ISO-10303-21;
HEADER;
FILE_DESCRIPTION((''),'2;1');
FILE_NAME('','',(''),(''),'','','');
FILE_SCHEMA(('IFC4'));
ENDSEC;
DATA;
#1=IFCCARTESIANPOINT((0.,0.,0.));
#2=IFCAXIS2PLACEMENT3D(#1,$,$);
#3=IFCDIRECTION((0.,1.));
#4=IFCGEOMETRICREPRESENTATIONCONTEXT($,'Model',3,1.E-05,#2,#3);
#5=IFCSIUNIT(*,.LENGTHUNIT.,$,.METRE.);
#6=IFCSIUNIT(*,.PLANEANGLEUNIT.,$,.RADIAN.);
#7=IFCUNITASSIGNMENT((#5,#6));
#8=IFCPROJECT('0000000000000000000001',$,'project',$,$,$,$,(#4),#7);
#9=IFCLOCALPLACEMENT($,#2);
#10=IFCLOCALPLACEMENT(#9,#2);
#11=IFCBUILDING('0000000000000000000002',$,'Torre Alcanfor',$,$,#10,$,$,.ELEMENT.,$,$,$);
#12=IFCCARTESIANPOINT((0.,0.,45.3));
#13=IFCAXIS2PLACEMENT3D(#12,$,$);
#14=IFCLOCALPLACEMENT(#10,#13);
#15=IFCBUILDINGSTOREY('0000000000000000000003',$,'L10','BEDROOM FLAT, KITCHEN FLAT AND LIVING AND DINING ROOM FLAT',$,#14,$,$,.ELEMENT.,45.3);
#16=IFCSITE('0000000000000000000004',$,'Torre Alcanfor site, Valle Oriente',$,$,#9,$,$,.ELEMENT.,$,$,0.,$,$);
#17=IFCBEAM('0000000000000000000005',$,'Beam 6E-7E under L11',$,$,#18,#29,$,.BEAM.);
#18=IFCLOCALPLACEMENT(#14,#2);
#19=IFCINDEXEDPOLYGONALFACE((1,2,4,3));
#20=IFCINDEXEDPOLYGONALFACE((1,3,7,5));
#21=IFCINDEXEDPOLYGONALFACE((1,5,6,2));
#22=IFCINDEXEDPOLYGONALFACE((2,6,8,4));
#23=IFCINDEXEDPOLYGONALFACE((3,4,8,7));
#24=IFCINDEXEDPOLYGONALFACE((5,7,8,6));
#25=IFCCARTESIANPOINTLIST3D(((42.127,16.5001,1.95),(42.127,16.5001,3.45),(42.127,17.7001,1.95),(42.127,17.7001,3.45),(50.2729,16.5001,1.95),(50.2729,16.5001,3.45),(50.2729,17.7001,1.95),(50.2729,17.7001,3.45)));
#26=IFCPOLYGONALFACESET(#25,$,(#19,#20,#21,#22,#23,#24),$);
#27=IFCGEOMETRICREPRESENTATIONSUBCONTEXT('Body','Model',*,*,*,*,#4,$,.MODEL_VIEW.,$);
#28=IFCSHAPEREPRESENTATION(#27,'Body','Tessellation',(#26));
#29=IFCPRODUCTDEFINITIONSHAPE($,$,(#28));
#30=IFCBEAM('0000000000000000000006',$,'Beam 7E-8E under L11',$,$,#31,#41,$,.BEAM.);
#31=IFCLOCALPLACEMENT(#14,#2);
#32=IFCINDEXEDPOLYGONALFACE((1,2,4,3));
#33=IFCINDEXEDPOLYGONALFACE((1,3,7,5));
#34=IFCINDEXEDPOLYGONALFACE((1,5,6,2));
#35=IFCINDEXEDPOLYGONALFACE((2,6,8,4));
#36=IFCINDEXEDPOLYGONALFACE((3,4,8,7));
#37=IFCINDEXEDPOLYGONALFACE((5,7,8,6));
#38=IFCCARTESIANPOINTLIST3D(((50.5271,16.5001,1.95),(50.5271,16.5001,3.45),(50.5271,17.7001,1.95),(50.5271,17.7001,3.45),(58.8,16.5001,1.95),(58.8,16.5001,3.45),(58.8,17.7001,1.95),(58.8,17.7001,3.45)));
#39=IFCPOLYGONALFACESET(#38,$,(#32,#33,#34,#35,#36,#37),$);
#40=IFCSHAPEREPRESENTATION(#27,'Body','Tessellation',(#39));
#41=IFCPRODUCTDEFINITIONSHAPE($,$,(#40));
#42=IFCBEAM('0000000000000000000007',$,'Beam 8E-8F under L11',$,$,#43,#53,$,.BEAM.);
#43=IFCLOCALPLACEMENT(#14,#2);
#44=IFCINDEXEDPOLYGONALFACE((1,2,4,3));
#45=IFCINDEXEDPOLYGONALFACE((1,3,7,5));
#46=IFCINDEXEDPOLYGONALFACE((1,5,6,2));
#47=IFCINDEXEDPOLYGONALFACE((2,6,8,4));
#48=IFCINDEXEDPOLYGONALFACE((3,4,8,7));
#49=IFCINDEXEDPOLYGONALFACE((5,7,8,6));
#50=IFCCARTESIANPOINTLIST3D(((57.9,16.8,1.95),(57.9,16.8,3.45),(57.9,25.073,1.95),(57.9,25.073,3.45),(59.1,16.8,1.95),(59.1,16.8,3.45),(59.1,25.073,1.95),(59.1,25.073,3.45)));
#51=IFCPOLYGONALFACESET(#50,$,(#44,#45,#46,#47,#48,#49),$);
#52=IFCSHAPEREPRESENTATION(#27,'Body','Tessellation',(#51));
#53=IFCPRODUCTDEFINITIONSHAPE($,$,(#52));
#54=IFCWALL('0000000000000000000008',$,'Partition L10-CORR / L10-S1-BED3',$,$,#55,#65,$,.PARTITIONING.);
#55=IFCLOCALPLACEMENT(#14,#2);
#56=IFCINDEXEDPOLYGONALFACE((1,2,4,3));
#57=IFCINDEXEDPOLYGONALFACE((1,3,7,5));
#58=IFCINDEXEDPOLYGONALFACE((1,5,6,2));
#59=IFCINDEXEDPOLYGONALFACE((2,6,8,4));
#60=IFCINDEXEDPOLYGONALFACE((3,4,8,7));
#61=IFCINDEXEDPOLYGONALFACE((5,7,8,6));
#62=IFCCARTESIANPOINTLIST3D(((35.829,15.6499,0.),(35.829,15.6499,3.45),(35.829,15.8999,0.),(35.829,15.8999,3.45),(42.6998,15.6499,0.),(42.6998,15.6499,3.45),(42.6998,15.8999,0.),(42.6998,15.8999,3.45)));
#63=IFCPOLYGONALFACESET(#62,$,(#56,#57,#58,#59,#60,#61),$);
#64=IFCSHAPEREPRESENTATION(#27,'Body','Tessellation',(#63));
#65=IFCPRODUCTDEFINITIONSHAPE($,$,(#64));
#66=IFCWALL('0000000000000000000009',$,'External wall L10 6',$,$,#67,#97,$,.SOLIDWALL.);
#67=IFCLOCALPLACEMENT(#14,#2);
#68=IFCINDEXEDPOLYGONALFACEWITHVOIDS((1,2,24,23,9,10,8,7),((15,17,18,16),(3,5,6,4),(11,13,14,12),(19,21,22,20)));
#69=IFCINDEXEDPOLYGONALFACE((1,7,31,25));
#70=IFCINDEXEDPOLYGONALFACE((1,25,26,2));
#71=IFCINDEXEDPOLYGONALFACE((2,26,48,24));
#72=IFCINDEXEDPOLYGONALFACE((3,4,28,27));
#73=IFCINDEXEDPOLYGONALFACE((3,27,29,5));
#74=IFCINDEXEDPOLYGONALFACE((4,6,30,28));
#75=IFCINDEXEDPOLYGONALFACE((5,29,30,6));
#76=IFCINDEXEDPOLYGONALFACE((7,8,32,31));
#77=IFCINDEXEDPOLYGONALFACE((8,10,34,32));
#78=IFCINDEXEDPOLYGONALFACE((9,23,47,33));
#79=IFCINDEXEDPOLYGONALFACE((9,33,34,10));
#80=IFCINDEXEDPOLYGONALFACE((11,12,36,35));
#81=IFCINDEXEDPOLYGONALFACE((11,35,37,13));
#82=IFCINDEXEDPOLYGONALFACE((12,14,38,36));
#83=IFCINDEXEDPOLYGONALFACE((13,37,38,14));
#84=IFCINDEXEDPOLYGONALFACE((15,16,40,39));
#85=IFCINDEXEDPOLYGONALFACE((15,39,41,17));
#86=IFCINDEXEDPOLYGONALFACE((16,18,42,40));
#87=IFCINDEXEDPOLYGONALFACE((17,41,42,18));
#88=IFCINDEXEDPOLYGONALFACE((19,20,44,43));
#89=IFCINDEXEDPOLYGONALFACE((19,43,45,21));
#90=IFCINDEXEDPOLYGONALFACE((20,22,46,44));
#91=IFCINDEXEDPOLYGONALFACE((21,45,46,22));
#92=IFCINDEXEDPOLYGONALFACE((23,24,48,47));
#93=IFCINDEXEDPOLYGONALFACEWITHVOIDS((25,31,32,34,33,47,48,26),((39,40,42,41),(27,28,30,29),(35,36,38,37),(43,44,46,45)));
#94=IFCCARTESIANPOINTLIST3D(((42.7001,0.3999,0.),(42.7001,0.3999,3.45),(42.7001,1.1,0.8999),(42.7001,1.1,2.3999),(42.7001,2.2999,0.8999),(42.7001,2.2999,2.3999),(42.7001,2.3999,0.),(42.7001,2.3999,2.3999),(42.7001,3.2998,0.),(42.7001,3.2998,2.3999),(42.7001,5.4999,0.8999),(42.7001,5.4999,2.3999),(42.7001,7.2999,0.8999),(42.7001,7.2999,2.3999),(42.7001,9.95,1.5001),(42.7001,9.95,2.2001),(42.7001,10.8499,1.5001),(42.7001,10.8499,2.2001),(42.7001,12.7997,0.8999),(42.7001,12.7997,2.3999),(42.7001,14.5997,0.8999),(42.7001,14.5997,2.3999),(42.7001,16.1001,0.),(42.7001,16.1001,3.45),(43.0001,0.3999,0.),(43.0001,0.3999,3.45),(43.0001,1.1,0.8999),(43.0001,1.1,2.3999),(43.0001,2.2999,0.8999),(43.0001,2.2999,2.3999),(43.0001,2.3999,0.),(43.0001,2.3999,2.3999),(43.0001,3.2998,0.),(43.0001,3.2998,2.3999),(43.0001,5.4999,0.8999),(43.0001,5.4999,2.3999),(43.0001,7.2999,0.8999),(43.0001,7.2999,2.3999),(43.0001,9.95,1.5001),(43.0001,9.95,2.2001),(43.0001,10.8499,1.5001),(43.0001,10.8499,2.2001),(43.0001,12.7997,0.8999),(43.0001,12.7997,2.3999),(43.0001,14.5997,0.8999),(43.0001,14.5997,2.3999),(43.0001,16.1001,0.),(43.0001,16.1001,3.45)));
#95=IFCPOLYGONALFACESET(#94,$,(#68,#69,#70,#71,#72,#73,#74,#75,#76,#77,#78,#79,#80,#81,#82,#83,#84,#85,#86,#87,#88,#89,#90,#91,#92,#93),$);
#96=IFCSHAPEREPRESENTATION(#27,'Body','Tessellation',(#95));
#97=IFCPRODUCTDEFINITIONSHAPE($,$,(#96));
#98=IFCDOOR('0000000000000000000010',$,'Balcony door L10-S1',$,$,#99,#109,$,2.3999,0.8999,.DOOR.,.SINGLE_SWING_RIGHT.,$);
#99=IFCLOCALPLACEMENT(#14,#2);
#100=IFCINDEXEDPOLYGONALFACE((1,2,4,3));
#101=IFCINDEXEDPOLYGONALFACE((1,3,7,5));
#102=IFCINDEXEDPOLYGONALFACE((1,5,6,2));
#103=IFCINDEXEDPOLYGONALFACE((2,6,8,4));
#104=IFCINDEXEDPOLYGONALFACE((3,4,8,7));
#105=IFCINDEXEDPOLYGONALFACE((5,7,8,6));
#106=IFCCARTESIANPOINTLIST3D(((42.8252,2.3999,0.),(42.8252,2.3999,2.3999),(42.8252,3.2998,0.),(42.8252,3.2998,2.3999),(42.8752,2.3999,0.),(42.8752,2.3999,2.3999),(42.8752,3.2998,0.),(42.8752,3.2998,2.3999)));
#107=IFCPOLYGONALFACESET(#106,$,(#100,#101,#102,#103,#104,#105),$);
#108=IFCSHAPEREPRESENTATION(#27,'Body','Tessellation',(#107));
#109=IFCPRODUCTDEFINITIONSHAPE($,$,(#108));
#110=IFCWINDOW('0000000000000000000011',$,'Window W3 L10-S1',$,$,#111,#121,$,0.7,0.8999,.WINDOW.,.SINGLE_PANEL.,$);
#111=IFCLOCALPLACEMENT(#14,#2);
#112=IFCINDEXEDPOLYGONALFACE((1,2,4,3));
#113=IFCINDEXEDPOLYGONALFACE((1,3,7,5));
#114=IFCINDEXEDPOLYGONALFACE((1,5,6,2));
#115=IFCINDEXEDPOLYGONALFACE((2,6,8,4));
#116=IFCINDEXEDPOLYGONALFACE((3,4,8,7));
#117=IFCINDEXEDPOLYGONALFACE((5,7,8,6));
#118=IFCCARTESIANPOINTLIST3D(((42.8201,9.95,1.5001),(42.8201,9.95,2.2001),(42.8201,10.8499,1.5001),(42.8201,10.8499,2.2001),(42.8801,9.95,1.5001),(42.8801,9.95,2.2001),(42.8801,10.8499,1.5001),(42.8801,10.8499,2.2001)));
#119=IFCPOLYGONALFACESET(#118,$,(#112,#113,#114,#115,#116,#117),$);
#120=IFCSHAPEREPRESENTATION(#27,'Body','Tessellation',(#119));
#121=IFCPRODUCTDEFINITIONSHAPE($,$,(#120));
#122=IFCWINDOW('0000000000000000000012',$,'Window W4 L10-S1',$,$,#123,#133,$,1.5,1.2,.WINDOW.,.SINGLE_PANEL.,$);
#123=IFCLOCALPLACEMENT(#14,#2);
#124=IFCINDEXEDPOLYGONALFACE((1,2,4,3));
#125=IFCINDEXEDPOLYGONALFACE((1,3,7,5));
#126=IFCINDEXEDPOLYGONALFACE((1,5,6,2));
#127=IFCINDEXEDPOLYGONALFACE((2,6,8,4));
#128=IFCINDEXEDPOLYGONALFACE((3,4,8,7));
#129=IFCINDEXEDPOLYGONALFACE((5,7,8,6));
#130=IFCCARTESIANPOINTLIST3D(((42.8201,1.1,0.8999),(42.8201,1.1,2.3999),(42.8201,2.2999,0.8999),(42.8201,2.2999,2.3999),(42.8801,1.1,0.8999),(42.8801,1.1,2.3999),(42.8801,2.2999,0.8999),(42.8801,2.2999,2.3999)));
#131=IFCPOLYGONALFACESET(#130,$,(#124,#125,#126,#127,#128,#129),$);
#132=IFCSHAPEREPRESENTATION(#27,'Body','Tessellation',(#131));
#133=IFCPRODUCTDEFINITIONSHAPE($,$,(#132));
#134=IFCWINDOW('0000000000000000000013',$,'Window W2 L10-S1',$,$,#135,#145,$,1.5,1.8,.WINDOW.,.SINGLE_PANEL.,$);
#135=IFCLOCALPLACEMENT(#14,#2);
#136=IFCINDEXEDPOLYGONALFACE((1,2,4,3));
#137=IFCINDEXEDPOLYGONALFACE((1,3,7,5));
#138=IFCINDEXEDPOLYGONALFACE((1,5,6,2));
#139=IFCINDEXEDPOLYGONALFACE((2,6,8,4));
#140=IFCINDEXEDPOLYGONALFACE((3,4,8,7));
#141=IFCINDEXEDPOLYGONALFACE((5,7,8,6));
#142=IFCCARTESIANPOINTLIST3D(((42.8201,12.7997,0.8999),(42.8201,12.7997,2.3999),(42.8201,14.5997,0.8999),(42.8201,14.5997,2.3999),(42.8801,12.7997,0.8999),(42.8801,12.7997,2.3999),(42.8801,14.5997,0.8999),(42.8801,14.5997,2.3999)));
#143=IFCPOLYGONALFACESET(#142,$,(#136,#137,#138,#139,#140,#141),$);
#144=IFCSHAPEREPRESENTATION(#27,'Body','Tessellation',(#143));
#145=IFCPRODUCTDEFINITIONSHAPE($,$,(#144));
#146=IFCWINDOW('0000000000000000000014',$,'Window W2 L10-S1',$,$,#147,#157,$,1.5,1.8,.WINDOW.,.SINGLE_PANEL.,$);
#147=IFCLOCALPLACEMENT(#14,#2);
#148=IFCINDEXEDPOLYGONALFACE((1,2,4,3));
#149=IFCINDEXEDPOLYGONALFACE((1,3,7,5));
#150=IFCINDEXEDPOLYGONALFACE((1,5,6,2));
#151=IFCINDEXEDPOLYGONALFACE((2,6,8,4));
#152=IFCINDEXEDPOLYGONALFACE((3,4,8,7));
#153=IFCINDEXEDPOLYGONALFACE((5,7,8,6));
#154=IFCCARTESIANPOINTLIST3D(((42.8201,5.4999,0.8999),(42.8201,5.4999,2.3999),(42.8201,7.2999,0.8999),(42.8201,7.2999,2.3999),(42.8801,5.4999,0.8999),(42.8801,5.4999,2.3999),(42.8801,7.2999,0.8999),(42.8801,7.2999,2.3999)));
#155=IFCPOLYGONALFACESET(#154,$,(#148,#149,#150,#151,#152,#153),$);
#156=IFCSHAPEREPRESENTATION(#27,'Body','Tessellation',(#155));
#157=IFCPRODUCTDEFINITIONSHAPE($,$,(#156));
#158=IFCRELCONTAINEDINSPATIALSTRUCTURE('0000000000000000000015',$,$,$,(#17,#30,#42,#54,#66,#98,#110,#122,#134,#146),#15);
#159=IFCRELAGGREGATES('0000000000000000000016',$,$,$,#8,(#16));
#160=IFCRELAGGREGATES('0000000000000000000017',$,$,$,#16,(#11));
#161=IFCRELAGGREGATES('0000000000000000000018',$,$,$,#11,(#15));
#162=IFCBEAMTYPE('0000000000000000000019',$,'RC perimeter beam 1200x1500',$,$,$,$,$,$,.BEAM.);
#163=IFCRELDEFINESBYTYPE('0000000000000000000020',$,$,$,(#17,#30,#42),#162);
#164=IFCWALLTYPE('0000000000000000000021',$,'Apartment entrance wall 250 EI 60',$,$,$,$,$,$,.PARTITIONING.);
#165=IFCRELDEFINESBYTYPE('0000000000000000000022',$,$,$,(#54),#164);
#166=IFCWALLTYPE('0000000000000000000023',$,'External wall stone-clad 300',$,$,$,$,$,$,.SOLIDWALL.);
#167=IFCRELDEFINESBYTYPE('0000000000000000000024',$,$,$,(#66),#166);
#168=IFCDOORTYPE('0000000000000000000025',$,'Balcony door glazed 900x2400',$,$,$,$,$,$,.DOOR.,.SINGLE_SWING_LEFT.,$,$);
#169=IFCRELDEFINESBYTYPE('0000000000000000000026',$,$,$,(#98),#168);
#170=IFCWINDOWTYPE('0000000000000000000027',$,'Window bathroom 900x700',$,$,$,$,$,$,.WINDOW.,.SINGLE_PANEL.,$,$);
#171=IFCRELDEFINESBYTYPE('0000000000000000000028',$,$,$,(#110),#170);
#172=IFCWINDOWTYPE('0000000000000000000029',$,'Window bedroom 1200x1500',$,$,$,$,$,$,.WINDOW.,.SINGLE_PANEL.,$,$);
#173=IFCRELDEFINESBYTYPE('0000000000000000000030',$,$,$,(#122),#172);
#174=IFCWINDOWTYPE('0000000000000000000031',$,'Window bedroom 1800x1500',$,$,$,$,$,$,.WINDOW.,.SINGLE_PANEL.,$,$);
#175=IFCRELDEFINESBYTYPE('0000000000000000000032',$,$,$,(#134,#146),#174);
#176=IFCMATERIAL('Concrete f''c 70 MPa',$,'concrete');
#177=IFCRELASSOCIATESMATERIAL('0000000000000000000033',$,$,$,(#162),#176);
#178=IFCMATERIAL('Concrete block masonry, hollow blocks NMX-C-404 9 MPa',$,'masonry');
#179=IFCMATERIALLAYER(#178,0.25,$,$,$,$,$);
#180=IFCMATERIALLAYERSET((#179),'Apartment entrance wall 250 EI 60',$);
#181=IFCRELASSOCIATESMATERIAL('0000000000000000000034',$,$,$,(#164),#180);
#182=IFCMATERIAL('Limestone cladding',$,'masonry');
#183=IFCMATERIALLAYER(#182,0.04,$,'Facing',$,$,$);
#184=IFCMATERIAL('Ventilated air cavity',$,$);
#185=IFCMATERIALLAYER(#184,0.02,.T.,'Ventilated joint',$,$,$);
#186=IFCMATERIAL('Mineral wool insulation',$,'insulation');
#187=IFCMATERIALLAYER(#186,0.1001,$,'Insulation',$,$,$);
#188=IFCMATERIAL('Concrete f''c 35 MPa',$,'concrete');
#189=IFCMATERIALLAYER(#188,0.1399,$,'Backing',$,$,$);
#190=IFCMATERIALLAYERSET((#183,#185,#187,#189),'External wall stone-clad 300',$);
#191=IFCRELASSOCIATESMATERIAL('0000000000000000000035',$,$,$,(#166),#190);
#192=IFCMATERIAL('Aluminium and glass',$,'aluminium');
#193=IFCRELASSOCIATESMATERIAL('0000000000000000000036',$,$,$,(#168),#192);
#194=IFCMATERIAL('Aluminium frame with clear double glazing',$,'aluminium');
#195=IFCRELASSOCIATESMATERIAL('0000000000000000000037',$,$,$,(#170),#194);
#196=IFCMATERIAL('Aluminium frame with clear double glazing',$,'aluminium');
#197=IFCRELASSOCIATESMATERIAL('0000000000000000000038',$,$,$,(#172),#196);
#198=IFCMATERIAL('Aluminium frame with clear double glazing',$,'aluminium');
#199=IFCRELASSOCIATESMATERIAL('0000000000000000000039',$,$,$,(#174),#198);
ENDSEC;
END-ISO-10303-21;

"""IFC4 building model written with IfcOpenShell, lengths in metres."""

from ifc_helpers import new_model, si_unit, direction, frame, frame_2d, origin, origin_2d, place, context, subcontext, project, spatial, rectangle, extrude, material, layer, layer_set, material_profile, profile_set, type_object, element, fill, save


model = new_model("IFC4")

# Units and contexts
model_context = context("Model", 3, precision=1e-05, world=origin(), true_north=direction((0.0, 1.0)))
body_context = subcontext(model_context, "Body", "Model", "MODEL_VIEW")
ifc_project = project(units=[si_unit("LENGTHUNIT", "METRE"), si_unit("PLANEANGLEUNIT", "RADIAN")], contexts=[model_context])

# Site, building, storey
site_placement = place(None, origin())
site = spatial("IfcSite", under=ifc_project, at=site_placement, Name="Torre Alcanfor site, Valle Oriente", CompositionType="ELEMENT", RefElevation=0.0)
building_placement = place(site_placement, origin())
building = spatial("IfcBuilding", under=site, at=building_placement, Name="Torre Alcanfor", CompositionType="ELEMENT")
storey_placement = place(building_placement, frame((0.0, 0.0, 45.3)))
storey = spatial("IfcBuildingStorey", under=building, at=storey_placement, Name="L10", Description="BEDROOM FLAT, KITCHEN FLAT AND LIVING AND DINING ROOM FLAT", CompositionType="ELEMENT", Elevation=45.3)

# Beams
ifc_material_1 = material(Name="Concrete f'c 70 MPa", Category="concrete")
ifc_material_profile_1 = material_profile(ifc_material_1, rectangle(XDim=1.2, YDim=1.5, at=origin_2d()), Name="1200x1500")
ifc_profile_set_1 = profile_set([ifc_material_profile_1], Name="Concrete f'c 70 MPa")
beam_type_1 = type_object("IfcBeamType", Name="RC perimeter beam 1200x1500", PredefinedType="BEAM", material=ifc_profile_set_1)
beam_1_placement = place(storey_placement, frame((42.127, 17.1001, 2.7), z_axis=(1.0, 0.0, 0.0), x_axis=(0.0, 1.0, 0.0)))
element("IfcBeam", 1, at=beam_1_placement, inside=storey, type_object=beam_type_1, Name="Beam 6E-7E under L11", PredefinedType="BEAM", context=body_context, shape_type="SweptSolid", body=[
    extrude(rectangle(XDim=1.2, YDim=1.5, at=origin_2d()), origin(), (0.0, 0.0, 1.0), 8.146),
])
for number, where, z_axis, x_axis, name in (
    (2, (50.5271, 17.1001, 2.7), (1.0, 0.0, 0.0), (0.0, 1.0, 0.0), "Beam 7E-8E under L11"),
    (3, (58.5, 16.8, 2.7), (0.0, 1.0, 0.0), (-1.0, 0.0, 0.0), "Beam 8E-8F under L11"),
):
    element("IfcBeam", number, at=place(storey_placement, frame(where, z_axis=z_axis, x_axis=x_axis)), inside=storey, type_object=beam_type_1, Name=name, PredefinedType="BEAM", context=body_context, shape_type="SweptSolid", body=[
        extrude(rectangle(XDim=1.2, YDim=1.5, at=origin_2d()), origin(), (0.0, 0.0, 1.0), 8.2729),
    ])

# Wall
ifc_material_2 = material(Name="Concrete block masonry, hollow blocks NMX-C-404 9 MPa", Category="masonry")
ifc_layer_1 = layer(ifc_material_2, 0.25)
ifc_layer_set_1 = layer_set([ifc_layer_1], Name="Apartment entrance wall 250 EI 60")
wall_type_1 = type_object("IfcWallType", Name="Apartment entrance wall 250 EI 60", PredefinedType="PARTITIONING", material=ifc_layer_set_1)
wall_1_placement = place(storey_placement, frame((42.7, 15.7749, 0.0), z_axis=(0.0, 0.0, 1.0), x_axis=(-1.0, 0.0, 0.0)))
element("IfcWall", 4, at=wall_1_placement, inside=storey, type_object=wall_type_1, Name="Partition L10-CORR / L10-S1-BED3", PredefinedType="PARTITIONING", context=body_context, shape_type="SweptSolid", body=[
    extrude(rectangle(XDim=6.8708, YDim=0.25, at=frame_2d((3.4355, 0.0))), origin(), (0.0, 0.0, 1.0), 3.45),
])

# Wall, openings, door, windows
ifc_material_3 = material(Name="Limestone cladding", Category="masonry")
ifc_layer_2 = layer(ifc_material_3, 0.04, Name="Facing")
ifc_material_4 = material(Name="Ventilated air cavity")
ifc_layer_3 = layer(ifc_material_4, 0.02, ventilated=True, Name="Ventilated joint")
ifc_material_5 = material(Name="Mineral wool insulation", Category="insulation")
ifc_layer_4 = layer(ifc_material_5, 0.1001, Name="Insulation")
ifc_material_6 = material(Name="Concrete f'c 35 MPa", Category="concrete")
ifc_layer_5 = layer(ifc_material_6, 0.1399, Name="Backing")
ifc_layer_set_2 = layer_set([ifc_layer_2, ifc_layer_3, ifc_layer_4, ifc_layer_5], Name="External wall stone-clad 300")
wall_type_2 = type_object("IfcWallType", Name="External wall stone-clad 300", PredefinedType="SOLIDWALL", material=ifc_layer_set_2)
wall_2_placement = place(storey_placement, frame((42.8501, 0.3999, 0.0), z_axis=(0.0, 0.0, 1.0), x_axis=(0.0, 1.0, 0.0)))
wall_2 = element("IfcWall", 5, at=wall_2_placement, inside=storey, type_object=wall_type_2, Name="External wall L10 6", PredefinedType="SOLIDWALL", context=body_context, shape_type="SweptSolid", body=[
    extrude(rectangle(XDim=15.7002, YDim=0.3, at=frame_2d((7.8501, 0.0))), origin(), (0.0, 0.0, 1.0), 3.45),
])
opening_1_placement = place(wall_2_placement, frame((12.3999, 0.0, 0.8999)))
opening_1 = element("IfcOpeningElement", 6, at=opening_1_placement, cuts=wall_2, PredefinedType="OPENING", context=body_context, shape_type="SweptSolid", body=[
    extrude(rectangle(XDim=1.8, YDim=1.5, at=frame_2d((0.8999, 0.75))), frame((0.0, 0.1599, 0.0), z_axis=(0.0, -1.0, 0.0), x_axis=(1.0, 0.0, 0.0)), (0.0, 0.0, 1.0), 0.3201),
])
opening_2_placement = place(wall_2_placement, frame((9.55, 0.0, 1.5)))
opening_2 = element("IfcOpeningElement", 7, at=opening_2_placement, cuts=wall_2, PredefinedType="OPENING", context=body_context, shape_type="SweptSolid", body=[
    extrude(rectangle(XDim=0.8999, YDim=0.7, at=frame_2d((0.45, 0.3501))), frame((0.0, 0.1599, 0.0), z_axis=(0.0, -1.0, 0.0), x_axis=(1.0, 0.0, 0.0)), (0.0, 0.0, 1.0), 0.3201),
])
opening_3_placement = place(wall_2_placement, frame((5.1001, 0.0, 0.8999)))
opening_3 = element("IfcOpeningElement", 8, at=opening_3_placement, cuts=wall_2, PredefinedType="OPENING", context=body_context, shape_type="SweptSolid", body=[
    extrude(rectangle(XDim=1.8, YDim=1.5, at=frame_2d((0.8999, 0.75))), frame((0.0, 0.1599, 0.0), z_axis=(0.0, -1.0, 0.0), x_axis=(1.0, 0.0, 0.0)), (0.0, 0.0, 1.0), 0.3201),
])
opening_4_placement = place(wall_2_placement, frame((2.0, 0.0, 0.0)))
opening_4 = element("IfcOpeningElement", 9, at=opening_4_placement, cuts=wall_2, PredefinedType="OPENING", context=body_context, shape_type="SweptSolid", body=[
    extrude(rectangle(XDim=0.8999, YDim=2.3999, at=frame_2d((0.45, 1.2))), frame((0.0, 0.1599, 0.0), z_axis=(0.0, -1.0, 0.0), x_axis=(1.0, 0.0, 0.0)), (0.0, 0.0, 1.0), 0.3201),
])
opening_5_placement = place(wall_2_placement, frame((0.7, 0.0, 0.8999)))
opening_5 = element("IfcOpeningElement", 10, at=opening_5_placement, cuts=wall_2, PredefinedType="OPENING", context=body_context, shape_type="SweptSolid", body=[
    extrude(rectangle(XDim=1.2, YDim=1.5, at=frame_2d((0.6001, 0.75))), frame((0.0, 0.1599, 0.0), z_axis=(0.0, -1.0, 0.0), x_axis=(1.0, 0.0, 0.0)), (0.0, 0.0, 1.0), 0.3201),
])
ifc_material_7 = material(Name="Aluminium and glass", Category="aluminium")
door_type = type_object("IfcDoorType", Name="Balcony door glazed 900x2400", OperationType="SINGLE_SWING_LEFT", PredefinedType="DOOR", material=ifc_material_7)
door_1_placement = place(opening_4_placement, origin())
door_1 = element("IfcDoor", 11, at=door_1_placement, inside=storey, type_object=door_type, Name="Balcony door L10-S1", OperationType="SINGLE_SWING_RIGHT", OverallHeight=2.3999, OverallWidth=0.8999, PredefinedType="DOOR", context=body_context, shape_type="SweptSolid", body=[
    extrude(rectangle(XDim=0.8999, YDim=2.3999, at=frame_2d((0.45, 1.2))), frame((0.0, 0.0249, 0.0), z_axis=(0.0, -1.0, 0.0), x_axis=(1.0, 0.0, 0.0)), (0.0, 0.0, 1.0), 0.05),
])
fill(opening_4, door_1)
ifc_material_8 = material(Name="Aluminium frame with clear double glazing", Category="aluminium")
window_type_1 = type_object("IfcWindowType", Name="Window bathroom 900x700", PartitioningType="SINGLE_PANEL", PredefinedType="WINDOW", material=ifc_material_8)
window_1_placement = place(opening_2_placement, origin())
window_1 = element("IfcWindow", 12, at=window_1_placement, inside=storey, type_object=window_type_1, Name="Window W3 L10-S1", OverallHeight=0.7, OverallWidth=0.8999, PartitioningType="SINGLE_PANEL", PredefinedType="WINDOW", context=body_context, shape_type="SweptSolid", body=[
    extrude(rectangle(XDim=0.8999, YDim=0.7, at=frame_2d((0.45, 0.3501))), frame((0.0, 0.03, 0.0), z_axis=(0.0, -1.0, 0.0), x_axis=(1.0, 0.0, 0.0)), (0.0, 0.0, 1.0), 0.0601),
])
fill(opening_2, window_1)
ifc_material_9 = material(Name="Aluminium frame with clear double glazing", Category="aluminium")
window_type_2 = type_object("IfcWindowType", Name="Window bedroom 1200x1500", PartitioningType="SINGLE_PANEL", PredefinedType="WINDOW", material=ifc_material_9)
window_2_placement = place(opening_5_placement, origin())
window_2 = element("IfcWindow", 13, at=window_2_placement, inside=storey, type_object=window_type_2, Name="Window W4 L10-S1", OverallHeight=1.5, OverallWidth=1.2, PartitioningType="SINGLE_PANEL", PredefinedType="WINDOW", context=body_context, shape_type="SweptSolid", body=[
    extrude(rectangle(XDim=1.2, YDim=1.5, at=frame_2d((0.6001, 0.75))), frame((0.0, 0.03, 0.0), z_axis=(0.0, -1.0, 0.0), x_axis=(1.0, 0.0, 0.0)), (0.0, 0.0, 1.0), 0.0601),
])
fill(opening_5, window_2)
ifc_material_10 = material(Name="Aluminium frame with clear double glazing", Category="aluminium")
window_type_3 = type_object("IfcWindowType", Name="Window bedroom 1800x1500", PartitioningType="SINGLE_PANEL", PredefinedType="WINDOW", material=ifc_material_10)
window_3_placement = place(opening_1_placement, origin())
window_3 = element("IfcWindow", 14, at=window_3_placement, inside=storey, type_object=window_type_3, Name="Window W2 L10-S1", OverallHeight=1.5, OverallWidth=1.8, PartitioningType="SINGLE_PANEL", PredefinedType="WINDOW", context=body_context, shape_type="SweptSolid", body=[
    extrude(rectangle(XDim=1.8, YDim=1.5, at=frame_2d((0.8999, 0.75))), frame((0.0, 0.03, 0.0), z_axis=(0.0, -1.0, 0.0), x_axis=(1.0, 0.0, 0.0)), (0.0, 0.0, 1.0), 0.0601),
])
fill(opening_1, window_3)
window_4_placement = place(opening_3_placement, origin())
window_4 = element("IfcWindow", 15, at=window_4_placement, inside=storey, type_object=window_type_3, Name="Window W2 L10-S1", OverallHeight=1.5, OverallWidth=1.8, PartitioningType="SINGLE_PANEL", PredefinedType="WINDOW", context=body_context, shape_type="SweptSolid", body=[
    extrude(rectangle(XDim=1.8, YDim=1.5, at=frame_2d((0.8999, 0.75))), frame((0.0, 0.03, 0.0), z_axis=(0.0, -1.0, 0.0), x_axis=(1.0, 0.0, 0.0)), (0.0, 0.0, 1.0), 0.0601),
])
fill(opening_3, window_4)

save(model, "model.ifc")
